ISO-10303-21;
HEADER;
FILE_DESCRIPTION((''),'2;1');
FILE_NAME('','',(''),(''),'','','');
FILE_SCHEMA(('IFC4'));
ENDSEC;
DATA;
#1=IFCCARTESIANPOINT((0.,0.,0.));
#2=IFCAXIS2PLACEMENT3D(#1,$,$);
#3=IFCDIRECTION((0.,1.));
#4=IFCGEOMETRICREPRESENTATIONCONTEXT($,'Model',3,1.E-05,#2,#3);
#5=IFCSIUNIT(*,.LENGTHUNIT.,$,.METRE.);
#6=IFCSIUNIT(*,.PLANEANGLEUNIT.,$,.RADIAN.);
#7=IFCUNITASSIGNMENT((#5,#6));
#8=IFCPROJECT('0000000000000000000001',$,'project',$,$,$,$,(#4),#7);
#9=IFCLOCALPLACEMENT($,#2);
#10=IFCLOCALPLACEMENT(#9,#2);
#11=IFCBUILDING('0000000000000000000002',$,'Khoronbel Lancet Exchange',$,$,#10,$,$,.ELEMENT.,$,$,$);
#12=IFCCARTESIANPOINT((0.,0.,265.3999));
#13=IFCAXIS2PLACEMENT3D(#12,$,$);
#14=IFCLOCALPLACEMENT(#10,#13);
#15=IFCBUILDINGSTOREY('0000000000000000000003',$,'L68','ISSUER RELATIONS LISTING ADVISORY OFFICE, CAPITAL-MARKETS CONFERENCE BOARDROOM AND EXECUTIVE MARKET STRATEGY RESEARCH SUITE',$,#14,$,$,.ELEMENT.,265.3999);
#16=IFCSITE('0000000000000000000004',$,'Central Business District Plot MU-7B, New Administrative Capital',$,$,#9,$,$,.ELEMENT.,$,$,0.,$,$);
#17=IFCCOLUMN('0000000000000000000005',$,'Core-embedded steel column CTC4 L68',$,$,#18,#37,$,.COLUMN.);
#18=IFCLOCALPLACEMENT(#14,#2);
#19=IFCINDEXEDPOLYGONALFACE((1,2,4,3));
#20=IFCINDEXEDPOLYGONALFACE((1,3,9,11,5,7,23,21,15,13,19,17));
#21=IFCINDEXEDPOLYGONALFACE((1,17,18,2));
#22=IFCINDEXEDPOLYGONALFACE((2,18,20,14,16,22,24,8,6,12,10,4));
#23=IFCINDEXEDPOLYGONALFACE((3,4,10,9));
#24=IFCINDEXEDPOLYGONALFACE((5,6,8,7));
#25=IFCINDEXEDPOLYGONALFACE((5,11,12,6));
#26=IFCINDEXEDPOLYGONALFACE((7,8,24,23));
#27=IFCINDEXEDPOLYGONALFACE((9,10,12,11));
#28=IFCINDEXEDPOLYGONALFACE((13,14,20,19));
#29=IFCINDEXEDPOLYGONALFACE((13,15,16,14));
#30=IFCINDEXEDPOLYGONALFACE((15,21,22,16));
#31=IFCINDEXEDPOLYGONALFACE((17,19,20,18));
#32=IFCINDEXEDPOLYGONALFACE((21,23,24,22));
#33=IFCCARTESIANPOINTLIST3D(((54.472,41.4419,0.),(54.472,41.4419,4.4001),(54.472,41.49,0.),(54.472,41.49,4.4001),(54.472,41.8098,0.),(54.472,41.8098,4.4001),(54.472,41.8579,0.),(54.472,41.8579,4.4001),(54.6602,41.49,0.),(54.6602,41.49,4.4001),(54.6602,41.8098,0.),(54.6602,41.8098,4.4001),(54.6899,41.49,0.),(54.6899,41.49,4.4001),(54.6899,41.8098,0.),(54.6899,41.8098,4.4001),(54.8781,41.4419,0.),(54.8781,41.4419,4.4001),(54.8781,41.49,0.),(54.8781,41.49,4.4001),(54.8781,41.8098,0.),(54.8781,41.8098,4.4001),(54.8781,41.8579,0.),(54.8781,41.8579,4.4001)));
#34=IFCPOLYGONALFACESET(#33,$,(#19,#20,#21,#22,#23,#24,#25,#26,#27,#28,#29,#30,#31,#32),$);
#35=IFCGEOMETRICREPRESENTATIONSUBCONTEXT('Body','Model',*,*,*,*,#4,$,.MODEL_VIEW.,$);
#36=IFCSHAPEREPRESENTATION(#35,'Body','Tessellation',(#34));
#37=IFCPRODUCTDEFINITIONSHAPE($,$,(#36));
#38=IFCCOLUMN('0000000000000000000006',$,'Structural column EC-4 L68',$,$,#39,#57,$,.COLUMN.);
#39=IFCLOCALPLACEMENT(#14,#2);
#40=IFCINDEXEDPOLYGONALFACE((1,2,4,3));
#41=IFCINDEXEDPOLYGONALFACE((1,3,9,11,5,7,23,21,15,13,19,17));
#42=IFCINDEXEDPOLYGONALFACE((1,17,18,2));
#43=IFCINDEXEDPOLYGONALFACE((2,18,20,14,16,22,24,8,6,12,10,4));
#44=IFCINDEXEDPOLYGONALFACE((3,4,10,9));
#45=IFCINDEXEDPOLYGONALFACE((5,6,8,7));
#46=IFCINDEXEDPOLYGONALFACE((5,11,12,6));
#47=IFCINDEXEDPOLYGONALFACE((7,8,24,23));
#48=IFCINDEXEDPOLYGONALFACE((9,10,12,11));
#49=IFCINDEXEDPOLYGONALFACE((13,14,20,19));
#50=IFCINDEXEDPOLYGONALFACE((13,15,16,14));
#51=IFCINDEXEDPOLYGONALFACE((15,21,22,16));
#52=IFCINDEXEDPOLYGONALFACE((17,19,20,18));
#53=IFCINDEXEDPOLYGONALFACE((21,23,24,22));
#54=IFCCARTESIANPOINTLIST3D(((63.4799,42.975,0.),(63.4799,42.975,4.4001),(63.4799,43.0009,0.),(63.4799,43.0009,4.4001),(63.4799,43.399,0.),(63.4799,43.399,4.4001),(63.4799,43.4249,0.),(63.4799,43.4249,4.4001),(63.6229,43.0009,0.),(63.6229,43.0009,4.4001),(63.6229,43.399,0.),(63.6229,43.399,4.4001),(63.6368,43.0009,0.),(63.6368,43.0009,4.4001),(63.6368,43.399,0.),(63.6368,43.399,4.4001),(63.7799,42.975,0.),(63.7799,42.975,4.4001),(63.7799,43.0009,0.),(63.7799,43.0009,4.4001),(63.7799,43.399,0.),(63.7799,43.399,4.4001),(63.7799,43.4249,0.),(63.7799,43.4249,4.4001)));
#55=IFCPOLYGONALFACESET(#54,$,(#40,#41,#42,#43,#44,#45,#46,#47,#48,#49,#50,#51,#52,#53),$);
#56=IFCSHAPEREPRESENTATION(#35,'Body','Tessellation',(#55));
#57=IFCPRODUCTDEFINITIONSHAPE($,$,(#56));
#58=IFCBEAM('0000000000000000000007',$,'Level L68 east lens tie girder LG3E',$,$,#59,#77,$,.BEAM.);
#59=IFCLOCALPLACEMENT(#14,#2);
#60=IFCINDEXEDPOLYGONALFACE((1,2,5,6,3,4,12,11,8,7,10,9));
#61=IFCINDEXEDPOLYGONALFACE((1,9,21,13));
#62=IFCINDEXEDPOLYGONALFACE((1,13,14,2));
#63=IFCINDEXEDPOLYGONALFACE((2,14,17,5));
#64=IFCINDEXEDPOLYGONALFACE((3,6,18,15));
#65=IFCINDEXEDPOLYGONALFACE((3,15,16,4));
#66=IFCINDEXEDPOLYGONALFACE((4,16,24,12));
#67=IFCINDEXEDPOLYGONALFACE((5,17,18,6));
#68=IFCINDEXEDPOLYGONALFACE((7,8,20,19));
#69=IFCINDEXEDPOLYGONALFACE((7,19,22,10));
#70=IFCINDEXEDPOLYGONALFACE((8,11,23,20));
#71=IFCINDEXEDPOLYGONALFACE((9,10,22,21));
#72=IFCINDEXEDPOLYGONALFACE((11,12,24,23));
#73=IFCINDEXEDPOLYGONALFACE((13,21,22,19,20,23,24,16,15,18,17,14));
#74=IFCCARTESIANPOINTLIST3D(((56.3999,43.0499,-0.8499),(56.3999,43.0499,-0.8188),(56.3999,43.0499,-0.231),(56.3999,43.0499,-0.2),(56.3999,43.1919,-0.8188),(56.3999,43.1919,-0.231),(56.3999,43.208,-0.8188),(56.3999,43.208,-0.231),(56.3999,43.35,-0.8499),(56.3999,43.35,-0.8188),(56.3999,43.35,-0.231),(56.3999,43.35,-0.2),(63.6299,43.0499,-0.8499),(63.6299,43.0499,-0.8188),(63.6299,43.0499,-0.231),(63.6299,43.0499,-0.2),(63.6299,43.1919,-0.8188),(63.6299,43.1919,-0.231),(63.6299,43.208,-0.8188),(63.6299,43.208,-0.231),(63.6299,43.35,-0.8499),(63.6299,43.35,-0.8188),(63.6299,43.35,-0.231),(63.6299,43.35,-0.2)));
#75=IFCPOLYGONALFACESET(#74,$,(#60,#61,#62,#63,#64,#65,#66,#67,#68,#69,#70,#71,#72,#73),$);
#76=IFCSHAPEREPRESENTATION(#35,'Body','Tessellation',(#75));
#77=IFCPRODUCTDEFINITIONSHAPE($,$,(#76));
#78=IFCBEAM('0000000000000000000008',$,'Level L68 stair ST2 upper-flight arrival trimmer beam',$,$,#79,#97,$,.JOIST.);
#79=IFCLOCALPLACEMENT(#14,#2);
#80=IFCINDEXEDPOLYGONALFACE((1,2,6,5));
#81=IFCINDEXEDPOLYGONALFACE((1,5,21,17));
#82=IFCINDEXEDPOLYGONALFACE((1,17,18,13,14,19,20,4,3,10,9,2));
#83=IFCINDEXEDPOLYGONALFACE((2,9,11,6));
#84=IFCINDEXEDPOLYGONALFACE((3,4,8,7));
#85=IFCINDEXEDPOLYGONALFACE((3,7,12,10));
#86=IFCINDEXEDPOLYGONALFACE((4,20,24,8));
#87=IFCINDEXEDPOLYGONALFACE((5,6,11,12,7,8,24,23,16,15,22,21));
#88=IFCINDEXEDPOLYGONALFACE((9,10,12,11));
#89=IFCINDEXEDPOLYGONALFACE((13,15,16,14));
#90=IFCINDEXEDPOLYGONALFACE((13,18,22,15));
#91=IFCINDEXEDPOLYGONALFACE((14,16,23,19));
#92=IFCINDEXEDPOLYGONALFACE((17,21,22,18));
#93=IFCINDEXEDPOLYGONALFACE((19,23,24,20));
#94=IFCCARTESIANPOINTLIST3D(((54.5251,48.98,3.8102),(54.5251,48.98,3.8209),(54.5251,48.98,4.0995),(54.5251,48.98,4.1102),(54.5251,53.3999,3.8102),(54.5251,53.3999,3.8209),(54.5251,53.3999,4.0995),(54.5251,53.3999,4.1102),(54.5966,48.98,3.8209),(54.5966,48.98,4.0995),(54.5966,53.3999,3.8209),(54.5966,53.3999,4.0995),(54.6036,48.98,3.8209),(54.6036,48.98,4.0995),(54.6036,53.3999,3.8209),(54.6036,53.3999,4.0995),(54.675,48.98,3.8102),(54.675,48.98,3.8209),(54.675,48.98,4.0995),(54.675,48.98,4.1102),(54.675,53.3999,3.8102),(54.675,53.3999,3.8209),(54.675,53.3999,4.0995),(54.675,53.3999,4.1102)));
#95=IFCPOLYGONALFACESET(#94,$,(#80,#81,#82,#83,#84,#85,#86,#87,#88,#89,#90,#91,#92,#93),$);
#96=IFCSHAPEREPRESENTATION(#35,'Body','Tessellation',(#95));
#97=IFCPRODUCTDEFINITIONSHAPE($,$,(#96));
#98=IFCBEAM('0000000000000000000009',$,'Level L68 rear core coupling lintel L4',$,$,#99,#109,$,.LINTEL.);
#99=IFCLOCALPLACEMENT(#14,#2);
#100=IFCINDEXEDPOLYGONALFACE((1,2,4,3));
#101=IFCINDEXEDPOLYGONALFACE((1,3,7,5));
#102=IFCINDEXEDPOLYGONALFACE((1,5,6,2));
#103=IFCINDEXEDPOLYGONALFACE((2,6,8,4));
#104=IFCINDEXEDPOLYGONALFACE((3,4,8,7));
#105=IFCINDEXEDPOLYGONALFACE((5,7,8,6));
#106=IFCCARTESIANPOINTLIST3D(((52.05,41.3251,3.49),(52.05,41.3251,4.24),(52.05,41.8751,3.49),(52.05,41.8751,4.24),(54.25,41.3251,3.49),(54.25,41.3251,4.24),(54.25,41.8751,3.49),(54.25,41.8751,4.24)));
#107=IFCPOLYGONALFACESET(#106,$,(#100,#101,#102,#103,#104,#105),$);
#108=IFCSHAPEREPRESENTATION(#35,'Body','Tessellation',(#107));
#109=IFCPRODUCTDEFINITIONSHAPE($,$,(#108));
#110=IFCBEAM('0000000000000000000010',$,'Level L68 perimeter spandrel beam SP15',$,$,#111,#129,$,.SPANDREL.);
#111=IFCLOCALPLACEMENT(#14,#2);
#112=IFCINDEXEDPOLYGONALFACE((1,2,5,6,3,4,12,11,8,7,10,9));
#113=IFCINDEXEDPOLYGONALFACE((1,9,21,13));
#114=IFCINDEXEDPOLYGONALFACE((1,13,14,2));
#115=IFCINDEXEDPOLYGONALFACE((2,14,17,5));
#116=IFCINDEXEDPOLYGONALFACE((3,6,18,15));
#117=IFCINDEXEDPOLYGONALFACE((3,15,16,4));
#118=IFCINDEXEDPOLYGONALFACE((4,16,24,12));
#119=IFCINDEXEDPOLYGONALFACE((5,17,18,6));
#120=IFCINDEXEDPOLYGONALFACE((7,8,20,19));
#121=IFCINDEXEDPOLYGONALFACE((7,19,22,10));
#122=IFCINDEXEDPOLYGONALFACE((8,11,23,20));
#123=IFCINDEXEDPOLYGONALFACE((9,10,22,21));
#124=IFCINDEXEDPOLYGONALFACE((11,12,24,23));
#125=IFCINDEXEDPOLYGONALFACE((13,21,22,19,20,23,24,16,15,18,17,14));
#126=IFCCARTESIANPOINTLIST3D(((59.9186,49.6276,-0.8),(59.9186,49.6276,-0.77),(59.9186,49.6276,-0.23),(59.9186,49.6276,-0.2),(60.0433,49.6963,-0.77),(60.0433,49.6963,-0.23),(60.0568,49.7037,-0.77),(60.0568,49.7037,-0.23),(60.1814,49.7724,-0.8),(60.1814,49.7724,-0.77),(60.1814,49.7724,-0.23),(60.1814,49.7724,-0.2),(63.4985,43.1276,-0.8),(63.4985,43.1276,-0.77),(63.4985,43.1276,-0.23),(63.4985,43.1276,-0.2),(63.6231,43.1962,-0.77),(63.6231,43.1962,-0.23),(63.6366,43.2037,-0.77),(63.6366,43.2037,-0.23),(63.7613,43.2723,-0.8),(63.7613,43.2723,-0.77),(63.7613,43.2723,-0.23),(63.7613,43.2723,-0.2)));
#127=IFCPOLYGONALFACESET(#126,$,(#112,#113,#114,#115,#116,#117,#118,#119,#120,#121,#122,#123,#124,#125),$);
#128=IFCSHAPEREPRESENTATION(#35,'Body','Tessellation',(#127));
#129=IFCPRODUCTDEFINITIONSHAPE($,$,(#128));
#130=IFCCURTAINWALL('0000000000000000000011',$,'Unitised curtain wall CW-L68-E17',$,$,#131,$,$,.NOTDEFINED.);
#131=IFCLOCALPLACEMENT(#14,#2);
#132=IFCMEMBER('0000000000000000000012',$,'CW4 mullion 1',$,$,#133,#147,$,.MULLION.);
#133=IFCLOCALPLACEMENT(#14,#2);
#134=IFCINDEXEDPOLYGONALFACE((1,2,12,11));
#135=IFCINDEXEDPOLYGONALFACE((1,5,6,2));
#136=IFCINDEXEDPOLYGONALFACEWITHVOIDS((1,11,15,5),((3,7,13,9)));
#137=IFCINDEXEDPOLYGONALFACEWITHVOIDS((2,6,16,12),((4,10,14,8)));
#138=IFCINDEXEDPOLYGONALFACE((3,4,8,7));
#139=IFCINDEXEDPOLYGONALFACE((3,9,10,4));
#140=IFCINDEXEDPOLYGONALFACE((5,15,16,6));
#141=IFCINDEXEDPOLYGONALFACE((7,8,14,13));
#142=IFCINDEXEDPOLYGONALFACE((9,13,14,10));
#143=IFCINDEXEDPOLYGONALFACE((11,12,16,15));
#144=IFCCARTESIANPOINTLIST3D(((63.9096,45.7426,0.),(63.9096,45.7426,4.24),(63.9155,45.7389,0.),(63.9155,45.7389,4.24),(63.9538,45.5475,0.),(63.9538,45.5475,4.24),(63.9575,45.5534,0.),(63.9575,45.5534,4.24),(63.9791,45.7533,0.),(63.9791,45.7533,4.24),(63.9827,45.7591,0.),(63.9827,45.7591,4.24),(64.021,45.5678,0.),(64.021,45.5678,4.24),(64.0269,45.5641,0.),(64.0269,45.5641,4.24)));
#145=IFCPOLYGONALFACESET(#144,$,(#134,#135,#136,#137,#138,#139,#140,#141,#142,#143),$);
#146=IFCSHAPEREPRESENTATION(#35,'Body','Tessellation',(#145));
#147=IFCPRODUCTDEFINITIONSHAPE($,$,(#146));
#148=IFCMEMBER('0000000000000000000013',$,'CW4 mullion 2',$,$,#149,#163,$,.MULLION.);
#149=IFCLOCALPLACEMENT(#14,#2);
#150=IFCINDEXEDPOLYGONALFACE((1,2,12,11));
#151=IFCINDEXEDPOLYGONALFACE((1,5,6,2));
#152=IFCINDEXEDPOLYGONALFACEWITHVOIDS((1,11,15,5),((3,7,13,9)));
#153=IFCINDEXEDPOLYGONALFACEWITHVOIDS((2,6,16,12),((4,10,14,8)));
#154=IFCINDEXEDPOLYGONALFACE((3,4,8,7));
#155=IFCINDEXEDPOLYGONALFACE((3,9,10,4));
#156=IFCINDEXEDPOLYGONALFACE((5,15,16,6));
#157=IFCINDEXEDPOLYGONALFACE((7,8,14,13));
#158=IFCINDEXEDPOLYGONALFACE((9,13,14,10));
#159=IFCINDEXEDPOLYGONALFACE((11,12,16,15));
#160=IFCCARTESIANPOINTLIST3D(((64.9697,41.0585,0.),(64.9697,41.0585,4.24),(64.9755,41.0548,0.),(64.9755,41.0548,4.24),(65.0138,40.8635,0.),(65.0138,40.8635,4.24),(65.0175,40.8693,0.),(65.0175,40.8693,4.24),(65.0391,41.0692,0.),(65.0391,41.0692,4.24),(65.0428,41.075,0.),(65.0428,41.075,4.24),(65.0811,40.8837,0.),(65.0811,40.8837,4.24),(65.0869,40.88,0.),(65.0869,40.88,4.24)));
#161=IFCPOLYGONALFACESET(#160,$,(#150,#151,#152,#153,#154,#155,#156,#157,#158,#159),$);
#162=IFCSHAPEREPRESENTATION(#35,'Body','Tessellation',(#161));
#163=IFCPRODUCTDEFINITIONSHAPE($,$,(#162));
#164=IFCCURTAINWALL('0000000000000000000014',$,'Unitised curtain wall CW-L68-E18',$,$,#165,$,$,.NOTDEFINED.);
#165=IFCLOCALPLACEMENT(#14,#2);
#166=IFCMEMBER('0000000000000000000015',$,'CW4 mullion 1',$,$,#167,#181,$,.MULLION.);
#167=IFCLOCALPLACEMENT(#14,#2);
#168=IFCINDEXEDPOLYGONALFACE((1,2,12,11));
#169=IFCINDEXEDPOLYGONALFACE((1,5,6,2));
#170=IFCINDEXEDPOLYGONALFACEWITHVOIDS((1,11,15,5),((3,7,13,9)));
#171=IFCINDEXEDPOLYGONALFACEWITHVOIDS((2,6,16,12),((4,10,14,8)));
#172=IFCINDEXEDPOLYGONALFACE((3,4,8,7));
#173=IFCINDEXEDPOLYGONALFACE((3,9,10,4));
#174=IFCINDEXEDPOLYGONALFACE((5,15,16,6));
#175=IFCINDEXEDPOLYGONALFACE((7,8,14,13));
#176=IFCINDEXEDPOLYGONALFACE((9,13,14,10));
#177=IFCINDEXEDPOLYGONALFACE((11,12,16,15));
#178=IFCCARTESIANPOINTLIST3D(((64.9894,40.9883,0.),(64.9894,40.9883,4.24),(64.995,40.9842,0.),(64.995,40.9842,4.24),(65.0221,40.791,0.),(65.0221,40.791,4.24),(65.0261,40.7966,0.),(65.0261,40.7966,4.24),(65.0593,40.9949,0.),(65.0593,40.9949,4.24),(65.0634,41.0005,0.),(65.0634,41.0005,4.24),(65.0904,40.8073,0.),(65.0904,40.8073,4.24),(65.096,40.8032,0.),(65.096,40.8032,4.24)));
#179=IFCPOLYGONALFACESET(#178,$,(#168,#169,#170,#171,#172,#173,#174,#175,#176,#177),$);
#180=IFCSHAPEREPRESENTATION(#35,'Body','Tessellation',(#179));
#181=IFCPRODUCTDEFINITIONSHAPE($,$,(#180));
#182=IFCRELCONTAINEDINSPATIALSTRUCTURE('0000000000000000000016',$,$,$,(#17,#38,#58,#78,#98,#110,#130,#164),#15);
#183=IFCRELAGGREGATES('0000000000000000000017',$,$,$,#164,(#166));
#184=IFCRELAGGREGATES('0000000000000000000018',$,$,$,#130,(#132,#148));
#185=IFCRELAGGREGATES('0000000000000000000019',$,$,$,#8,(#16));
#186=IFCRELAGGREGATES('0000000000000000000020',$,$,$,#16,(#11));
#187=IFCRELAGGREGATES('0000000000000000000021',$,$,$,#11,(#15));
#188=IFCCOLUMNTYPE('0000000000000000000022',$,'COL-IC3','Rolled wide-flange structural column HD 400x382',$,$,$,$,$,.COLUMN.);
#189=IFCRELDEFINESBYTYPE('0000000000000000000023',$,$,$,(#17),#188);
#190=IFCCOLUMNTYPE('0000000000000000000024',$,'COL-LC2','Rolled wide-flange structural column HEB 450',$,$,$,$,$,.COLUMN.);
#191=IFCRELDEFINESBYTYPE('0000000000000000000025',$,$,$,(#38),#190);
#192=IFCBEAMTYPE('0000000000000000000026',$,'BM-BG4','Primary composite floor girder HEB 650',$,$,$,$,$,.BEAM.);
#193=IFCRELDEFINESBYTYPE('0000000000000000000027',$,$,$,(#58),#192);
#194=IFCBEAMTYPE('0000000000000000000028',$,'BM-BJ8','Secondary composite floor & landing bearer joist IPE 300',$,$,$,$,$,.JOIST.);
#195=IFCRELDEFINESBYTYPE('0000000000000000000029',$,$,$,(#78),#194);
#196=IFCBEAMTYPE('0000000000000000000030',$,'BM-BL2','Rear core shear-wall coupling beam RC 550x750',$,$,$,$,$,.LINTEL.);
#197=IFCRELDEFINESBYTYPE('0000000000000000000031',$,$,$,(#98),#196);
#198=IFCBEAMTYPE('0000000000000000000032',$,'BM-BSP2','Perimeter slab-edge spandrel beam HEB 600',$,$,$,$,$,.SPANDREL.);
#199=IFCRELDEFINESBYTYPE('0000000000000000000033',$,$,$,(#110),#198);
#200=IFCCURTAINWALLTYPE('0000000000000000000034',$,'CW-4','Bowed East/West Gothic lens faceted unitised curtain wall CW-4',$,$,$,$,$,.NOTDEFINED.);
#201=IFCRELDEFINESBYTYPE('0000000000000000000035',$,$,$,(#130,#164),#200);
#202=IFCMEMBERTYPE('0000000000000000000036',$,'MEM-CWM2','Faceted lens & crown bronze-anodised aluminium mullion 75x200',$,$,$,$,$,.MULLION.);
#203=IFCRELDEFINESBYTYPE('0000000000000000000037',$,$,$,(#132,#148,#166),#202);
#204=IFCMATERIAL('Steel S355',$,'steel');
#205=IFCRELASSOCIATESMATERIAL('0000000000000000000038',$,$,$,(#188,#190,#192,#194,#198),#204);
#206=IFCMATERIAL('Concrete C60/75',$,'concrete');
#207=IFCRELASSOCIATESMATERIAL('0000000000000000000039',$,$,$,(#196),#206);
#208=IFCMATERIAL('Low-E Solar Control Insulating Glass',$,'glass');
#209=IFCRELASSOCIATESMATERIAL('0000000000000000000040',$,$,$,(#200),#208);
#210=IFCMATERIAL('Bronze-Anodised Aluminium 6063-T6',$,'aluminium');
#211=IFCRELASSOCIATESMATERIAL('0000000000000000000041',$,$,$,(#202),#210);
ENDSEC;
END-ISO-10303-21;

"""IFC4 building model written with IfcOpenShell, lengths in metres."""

from ifc_helpers import new_model, si_unit, direction, frame, origin, origin_2d, place, context, subcontext, project, spatial, rectangle, hollow_rectangle, i_section, extrude, material, material_profile, profile_set, type_object, element, aggregate, save


model = new_model("IFC4")

# Units and contexts
model_context = context("Model", 3, precision=1e-05, world=origin(), true_north=direction((0.0, 1.0)))
body_context = subcontext(model_context, "Body", "Model", "MODEL_VIEW")
ifc_project = project(units=[si_unit("LENGTHUNIT", "METRE"), si_unit("PLANEANGLEUNIT", "RADIAN")], contexts=[model_context])

# Site, building, storey
site_placement = place(None, origin())
site = spatial("IfcSite", under=ifc_project, at=site_placement, Name="Central Business District Plot MU-7B, New Administrative Capital", CompositionType="ELEMENT", RefElevation=0.0)
building_placement = place(site_placement, origin())
building = spatial("IfcBuilding", under=site, at=building_placement, Name="Khoronbel Lancet Exchange", CompositionType="ELEMENT")
storey_placement = place(building_placement, frame((0.0, 0.0, 265.3999)))
storey = spatial("IfcBuildingStorey", under=building, at=storey_placement, Name="L68", Description="ISSUER RELATIONS LISTING ADVISORY OFFICE, CAPITAL-MARKETS CONFERENCE BOARDROOM AND EXECUTIVE MARKET STRATEGY RESEARCH SUITE", CompositionType="ELEMENT", Elevation=265.3999)

# Columns
ifc_material_1 = material(Name="Steel S355", Category="steel")
ifc_material_profile_1 = material_profile(ifc_material_1, i_section(OverallWidth=0.406, OverallDepth=0.416, WebThickness=0.0298, FlangeThickness=0.0481, at=origin_2d()), Name="HD 400x382")
ifc_profile_set_1 = profile_set([ifc_material_profile_1], Name="Steel S355")
column_type_1 = type_object("IfcColumnType", Name="COL-IC3", Description="Rolled wide-flange structural column HD 400x382", PredefinedType="COLUMN", material=ifc_profile_set_1)
column_1_placement = place(storey_placement, frame((54.675, 41.6499, 0.0), z_axis=(0.0, 0.0, 1.0), x_axis=(1.0, 0.0, 0.0)))
element("IfcColumn", 1, at=column_1_placement, inside=storey, type_object=column_type_1, Name="Core-embedded steel column CTC4 L68", PredefinedType="COLUMN", context=body_context, shape_type="SweptSolid", body=[
    extrude(i_section(OverallWidth=0.406, OverallDepth=0.416, WebThickness=0.0298, FlangeThickness=0.0481, at=origin_2d()), origin(), (0.0, 0.0, 1.0), 4.4001),
])
ifc_material_profile_2 = material_profile(ifc_material_1, i_section(OverallWidth=0.3, OverallDepth=0.45, WebThickness=0.0139, FlangeThickness=0.0259, at=origin_2d()), Name="HEB 450")
ifc_profile_set_2 = profile_set([ifc_material_profile_2], Name="Steel S355")
column_type_2 = type_object("IfcColumnType", Name="COL-LC2", Description="Rolled wide-flange structural column HEB 450", PredefinedType="COLUMN", material=ifc_profile_set_2)
column_2_placement = place(storey_placement, frame((63.6299, 43.2, 0.0), z_axis=(0.0, 0.0, 1.0), x_axis=(1.0, 0.0, 0.0)))
element("IfcColumn", 2, at=column_2_placement, inside=storey, type_object=column_type_2, Name="Structural column EC-4 L68", PredefinedType="COLUMN", context=body_context, shape_type="SweptSolid", body=[
    extrude(i_section(OverallWidth=0.3, OverallDepth=0.45, WebThickness=0.0139, FlangeThickness=0.0259, at=origin_2d()), origin(), (0.0, 0.0, 1.0), 4.4001),
])

# Beams
ifc_material_profile_3 = material_profile(ifc_material_1, i_section(OverallWidth=0.3, OverallDepth=0.6499, WebThickness=0.0161, FlangeThickness=0.031, at=origin_2d()), Name="HEB 650")
ifc_profile_set_3 = profile_set([ifc_material_profile_3], Name="Steel S355")
beam_type_1 = type_object("IfcBeamType", Name="BM-BG4", Description="Primary composite floor girder HEB 650", PredefinedType="BEAM", material=ifc_profile_set_3)
beam_1_placement = place(storey_placement, frame((56.3999, 43.2, -0.5249), z_axis=(1.0, 0.0, 0.0), x_axis=(0.0, 1.0, 0.0)))
element("IfcBeam", 3, at=beam_1_placement, inside=storey, type_object=beam_type_1, Name="Level L68 east lens tie girder LG3E", PredefinedType="BEAM", context=body_context, shape_type="SweptSolid", body=[
    extrude(i_section(OverallWidth=0.3, OverallDepth=0.6499, WebThickness=0.0161, FlangeThickness=0.031, at=origin_2d()), origin(), (0.0, 0.0, 1.0), 7.23),
])
ifc_material_profile_4 = material_profile(ifc_material_1, i_section(OverallWidth=0.1499, OverallDepth=0.3, WebThickness=0.0071, FlangeThickness=0.0107, at=origin_2d()), Name="IPE 300")
ifc_profile_set_4 = profile_set([ifc_material_profile_4], Name="Steel S355")
beam_type_2 = type_object("IfcBeamType", Name="BM-BJ8", Description="Secondary composite floor & landing bearer joist IPE 300", PredefinedType="JOIST", material=ifc_profile_set_4)
beam_2_placement = place(storey_placement, frame((54.6001, 48.98, 3.9602), z_axis=(0.0, 1.0, 0.0), x_axis=(-1.0, 0.0, 0.0)))
element("IfcBeam", 4, at=beam_2_placement, inside=storey, type_object=beam_type_2, Name="Level L68 stair ST2 upper-flight arrival trimmer beam", PredefinedType="JOIST", context=body_context, shape_type="SweptSolid", body=[
    extrude(i_section(OverallWidth=0.1499, OverallDepth=0.3, WebThickness=0.0071, FlangeThickness=0.0107, at=origin_2d()), origin(), (0.0, 0.0, 1.0), 4.4199),
])
ifc_material_2 = material(Name="Concrete C60/75", Category="concrete")
ifc_material_profile_5 = material_profile(ifc_material_2, rectangle(XDim=0.55, YDim=0.75, at=origin_2d()), Name="RC 550x750")
ifc_profile_set_5 = profile_set([ifc_material_profile_5], Name="Concrete C60/75")
beam_type_3 = type_object("IfcBeamType", Name="BM-BL2", Description="Rear core shear-wall coupling beam RC 550x750", PredefinedType="LINTEL", material=ifc_profile_set_5)
beam_3_placement = place(storey_placement, frame((52.05, 41.6001, 3.865), z_axis=(1.0, 0.0, 0.0), x_axis=(0.0, 1.0, 0.0)))
element("IfcBeam", 5, at=beam_3_placement, inside=storey, type_object=beam_type_3, Name="Level L68 rear core coupling lintel L4", PredefinedType="LINTEL", context=body_context, shape_type="SweptSolid", body=[
    extrude(rectangle(XDim=0.55, YDim=0.75, at=origin_2d()), origin(), (0.0, 0.0, 1.0), 2.2),
])
ifc_material_profile_6 = material_profile(ifc_material_1, i_section(OverallWidth=0.3, OverallDepth=0.6001, WebThickness=0.0154, FlangeThickness=0.03, at=origin_2d()), Name="HEB 600")
ifc_profile_set_6 = profile_set([ifc_material_profile_6], Name="Steel S355")
beam_type_4 = type_object("IfcBeamType", Name="BM-BSP2", Description="Perimeter slab-edge spandrel beam HEB 600", PredefinedType="SPANDREL", material=ifc_profile_set_6)
beam_4_placement = place(storey_placement, frame((63.6299, 43.2, -0.5), z_axis=(-0.482419, 0.875941, 0.0), x_axis=(-0.875941, -0.482419, 0.0)))
element("IfcBeam", 6, at=beam_4_placement, inside=storey, type_object=beam_type_4, Name="Level L68 perimeter spandrel beam SP15", PredefinedType="SPANDREL", context=body_context, shape_type="SweptSolid", body=[
    extrude(i_section(OverallWidth=0.3, OverallDepth=0.6001, WebThickness=0.0154, FlangeThickness=0.03, at=origin_2d()), origin(), (0.0, 0.0, 1.0), 7.4207),
])

# Curtain wall, members
ifc_material_3 = material(Name="Low-E Solar Control Insulating Glass", Category="glass")
curtain_wall_type = type_object("IfcCurtainWallType", Name="CW-4", Description="Bowed East/West Gothic lens faceted unitised curtain wall CW-4", PredefinedType="NOTDEFINED", material=ifc_material_3)
curtain_wall_1_placement = place(storey_placement, origin())
curtain_wall_1 = element("IfcCurtainWall", 7, at=curtain_wall_1_placement, inside=storey, type_object=curtain_wall_type, Name="Unitised curtain wall CW-L68-E17", PredefinedType="NOTDEFINED")
ifc_material_4 = material(Name="Bronze-Anodised Aluminium 6063-T6", Category="aluminium")
ifc_material_profile_7 = material_profile(ifc_material_4, hollow_rectangle(XDim=0.075, YDim=0.2, WallThickness=0.0049, at=origin_2d()), Name="ALU MULLION 75x200")
ifc_profile_set_7 = profile_set([ifc_material_profile_7], Name="Bronze-Anodised Aluminium 6063-T6")
member_type_1 = type_object("IfcMemberType", Name="MEM-CWM2", Description="Faceted lens & crown bronze-anodised aluminium mullion 75x200", PredefinedType="MULLION", material=ifc_profile_set_7)
member_1_placement = place(storey_placement, frame((63.9683, 45.6533, 0.0), z_axis=(0.0, 0.0, 1.0), x_axis=(0.975335, 0.220728, 0.0)))
member_1 = element("IfcMember", 8, at=member_1_placement, type_object=member_type_1, Name="CW4 mullion 1", PredefinedType="MULLION", context=body_context, shape_type="SweptSolid", body=[
    extrude(hollow_rectangle(XDim=0.075, YDim=0.2, WallThickness=0.0049, at=origin_2d()), origin(), (0.0, 0.0, 1.0), 4.24),
])
member_2_placement = place(storey_placement, frame((65.0283, 40.9692, 0.0), z_axis=(0.0, 0.0, 1.0), x_axis=(0.975335, 0.220728, 0.0)))
member_2 = element("IfcMember", 9, at=member_2_placement, type_object=member_type_1, Name="CW4 mullion 2", PredefinedType="MULLION", context=body_context, shape_type="SweptSolid", body=[
    extrude(hollow_rectangle(XDim=0.075, YDim=0.2, WallThickness=0.0049, at=origin_2d()), origin(), (0.0, 0.0, 1.0), 4.24),
])

# Curtain wall, member
curtain_wall_2_placement = place(storey_placement, origin())
curtain_wall_2 = element("IfcCurtainWall", 10, at=curtain_wall_2_placement, inside=storey, type_object=curtain_wall_type, Name="Unitised curtain wall CW-L68-E18", PredefinedType="NOTDEFINED")
member_3_placement = place(storey_placement, frame((65.0427, 40.8958, 0.0), z_axis=(0.0, 0.0, 1.0), x_axis=(0.986551, 0.163454, 0.0)))
member_3 = element("IfcMember", 11, at=member_3_placement, type_object=member_type_1, Name="CW4 mullion 1", PredefinedType="MULLION", context=body_context, shape_type="SweptSolid", body=[
    extrude(hollow_rectangle(XDim=0.075, YDim=0.2, WallThickness=0.0049, at=origin_2d()), origin(), (0.0, 0.0, 1.0), 4.24),
])

aggregate(curtain_wall_2, [member_3])
aggregate(curtain_wall_1, [member_1, member_2])

save(model, "model.ifc")
